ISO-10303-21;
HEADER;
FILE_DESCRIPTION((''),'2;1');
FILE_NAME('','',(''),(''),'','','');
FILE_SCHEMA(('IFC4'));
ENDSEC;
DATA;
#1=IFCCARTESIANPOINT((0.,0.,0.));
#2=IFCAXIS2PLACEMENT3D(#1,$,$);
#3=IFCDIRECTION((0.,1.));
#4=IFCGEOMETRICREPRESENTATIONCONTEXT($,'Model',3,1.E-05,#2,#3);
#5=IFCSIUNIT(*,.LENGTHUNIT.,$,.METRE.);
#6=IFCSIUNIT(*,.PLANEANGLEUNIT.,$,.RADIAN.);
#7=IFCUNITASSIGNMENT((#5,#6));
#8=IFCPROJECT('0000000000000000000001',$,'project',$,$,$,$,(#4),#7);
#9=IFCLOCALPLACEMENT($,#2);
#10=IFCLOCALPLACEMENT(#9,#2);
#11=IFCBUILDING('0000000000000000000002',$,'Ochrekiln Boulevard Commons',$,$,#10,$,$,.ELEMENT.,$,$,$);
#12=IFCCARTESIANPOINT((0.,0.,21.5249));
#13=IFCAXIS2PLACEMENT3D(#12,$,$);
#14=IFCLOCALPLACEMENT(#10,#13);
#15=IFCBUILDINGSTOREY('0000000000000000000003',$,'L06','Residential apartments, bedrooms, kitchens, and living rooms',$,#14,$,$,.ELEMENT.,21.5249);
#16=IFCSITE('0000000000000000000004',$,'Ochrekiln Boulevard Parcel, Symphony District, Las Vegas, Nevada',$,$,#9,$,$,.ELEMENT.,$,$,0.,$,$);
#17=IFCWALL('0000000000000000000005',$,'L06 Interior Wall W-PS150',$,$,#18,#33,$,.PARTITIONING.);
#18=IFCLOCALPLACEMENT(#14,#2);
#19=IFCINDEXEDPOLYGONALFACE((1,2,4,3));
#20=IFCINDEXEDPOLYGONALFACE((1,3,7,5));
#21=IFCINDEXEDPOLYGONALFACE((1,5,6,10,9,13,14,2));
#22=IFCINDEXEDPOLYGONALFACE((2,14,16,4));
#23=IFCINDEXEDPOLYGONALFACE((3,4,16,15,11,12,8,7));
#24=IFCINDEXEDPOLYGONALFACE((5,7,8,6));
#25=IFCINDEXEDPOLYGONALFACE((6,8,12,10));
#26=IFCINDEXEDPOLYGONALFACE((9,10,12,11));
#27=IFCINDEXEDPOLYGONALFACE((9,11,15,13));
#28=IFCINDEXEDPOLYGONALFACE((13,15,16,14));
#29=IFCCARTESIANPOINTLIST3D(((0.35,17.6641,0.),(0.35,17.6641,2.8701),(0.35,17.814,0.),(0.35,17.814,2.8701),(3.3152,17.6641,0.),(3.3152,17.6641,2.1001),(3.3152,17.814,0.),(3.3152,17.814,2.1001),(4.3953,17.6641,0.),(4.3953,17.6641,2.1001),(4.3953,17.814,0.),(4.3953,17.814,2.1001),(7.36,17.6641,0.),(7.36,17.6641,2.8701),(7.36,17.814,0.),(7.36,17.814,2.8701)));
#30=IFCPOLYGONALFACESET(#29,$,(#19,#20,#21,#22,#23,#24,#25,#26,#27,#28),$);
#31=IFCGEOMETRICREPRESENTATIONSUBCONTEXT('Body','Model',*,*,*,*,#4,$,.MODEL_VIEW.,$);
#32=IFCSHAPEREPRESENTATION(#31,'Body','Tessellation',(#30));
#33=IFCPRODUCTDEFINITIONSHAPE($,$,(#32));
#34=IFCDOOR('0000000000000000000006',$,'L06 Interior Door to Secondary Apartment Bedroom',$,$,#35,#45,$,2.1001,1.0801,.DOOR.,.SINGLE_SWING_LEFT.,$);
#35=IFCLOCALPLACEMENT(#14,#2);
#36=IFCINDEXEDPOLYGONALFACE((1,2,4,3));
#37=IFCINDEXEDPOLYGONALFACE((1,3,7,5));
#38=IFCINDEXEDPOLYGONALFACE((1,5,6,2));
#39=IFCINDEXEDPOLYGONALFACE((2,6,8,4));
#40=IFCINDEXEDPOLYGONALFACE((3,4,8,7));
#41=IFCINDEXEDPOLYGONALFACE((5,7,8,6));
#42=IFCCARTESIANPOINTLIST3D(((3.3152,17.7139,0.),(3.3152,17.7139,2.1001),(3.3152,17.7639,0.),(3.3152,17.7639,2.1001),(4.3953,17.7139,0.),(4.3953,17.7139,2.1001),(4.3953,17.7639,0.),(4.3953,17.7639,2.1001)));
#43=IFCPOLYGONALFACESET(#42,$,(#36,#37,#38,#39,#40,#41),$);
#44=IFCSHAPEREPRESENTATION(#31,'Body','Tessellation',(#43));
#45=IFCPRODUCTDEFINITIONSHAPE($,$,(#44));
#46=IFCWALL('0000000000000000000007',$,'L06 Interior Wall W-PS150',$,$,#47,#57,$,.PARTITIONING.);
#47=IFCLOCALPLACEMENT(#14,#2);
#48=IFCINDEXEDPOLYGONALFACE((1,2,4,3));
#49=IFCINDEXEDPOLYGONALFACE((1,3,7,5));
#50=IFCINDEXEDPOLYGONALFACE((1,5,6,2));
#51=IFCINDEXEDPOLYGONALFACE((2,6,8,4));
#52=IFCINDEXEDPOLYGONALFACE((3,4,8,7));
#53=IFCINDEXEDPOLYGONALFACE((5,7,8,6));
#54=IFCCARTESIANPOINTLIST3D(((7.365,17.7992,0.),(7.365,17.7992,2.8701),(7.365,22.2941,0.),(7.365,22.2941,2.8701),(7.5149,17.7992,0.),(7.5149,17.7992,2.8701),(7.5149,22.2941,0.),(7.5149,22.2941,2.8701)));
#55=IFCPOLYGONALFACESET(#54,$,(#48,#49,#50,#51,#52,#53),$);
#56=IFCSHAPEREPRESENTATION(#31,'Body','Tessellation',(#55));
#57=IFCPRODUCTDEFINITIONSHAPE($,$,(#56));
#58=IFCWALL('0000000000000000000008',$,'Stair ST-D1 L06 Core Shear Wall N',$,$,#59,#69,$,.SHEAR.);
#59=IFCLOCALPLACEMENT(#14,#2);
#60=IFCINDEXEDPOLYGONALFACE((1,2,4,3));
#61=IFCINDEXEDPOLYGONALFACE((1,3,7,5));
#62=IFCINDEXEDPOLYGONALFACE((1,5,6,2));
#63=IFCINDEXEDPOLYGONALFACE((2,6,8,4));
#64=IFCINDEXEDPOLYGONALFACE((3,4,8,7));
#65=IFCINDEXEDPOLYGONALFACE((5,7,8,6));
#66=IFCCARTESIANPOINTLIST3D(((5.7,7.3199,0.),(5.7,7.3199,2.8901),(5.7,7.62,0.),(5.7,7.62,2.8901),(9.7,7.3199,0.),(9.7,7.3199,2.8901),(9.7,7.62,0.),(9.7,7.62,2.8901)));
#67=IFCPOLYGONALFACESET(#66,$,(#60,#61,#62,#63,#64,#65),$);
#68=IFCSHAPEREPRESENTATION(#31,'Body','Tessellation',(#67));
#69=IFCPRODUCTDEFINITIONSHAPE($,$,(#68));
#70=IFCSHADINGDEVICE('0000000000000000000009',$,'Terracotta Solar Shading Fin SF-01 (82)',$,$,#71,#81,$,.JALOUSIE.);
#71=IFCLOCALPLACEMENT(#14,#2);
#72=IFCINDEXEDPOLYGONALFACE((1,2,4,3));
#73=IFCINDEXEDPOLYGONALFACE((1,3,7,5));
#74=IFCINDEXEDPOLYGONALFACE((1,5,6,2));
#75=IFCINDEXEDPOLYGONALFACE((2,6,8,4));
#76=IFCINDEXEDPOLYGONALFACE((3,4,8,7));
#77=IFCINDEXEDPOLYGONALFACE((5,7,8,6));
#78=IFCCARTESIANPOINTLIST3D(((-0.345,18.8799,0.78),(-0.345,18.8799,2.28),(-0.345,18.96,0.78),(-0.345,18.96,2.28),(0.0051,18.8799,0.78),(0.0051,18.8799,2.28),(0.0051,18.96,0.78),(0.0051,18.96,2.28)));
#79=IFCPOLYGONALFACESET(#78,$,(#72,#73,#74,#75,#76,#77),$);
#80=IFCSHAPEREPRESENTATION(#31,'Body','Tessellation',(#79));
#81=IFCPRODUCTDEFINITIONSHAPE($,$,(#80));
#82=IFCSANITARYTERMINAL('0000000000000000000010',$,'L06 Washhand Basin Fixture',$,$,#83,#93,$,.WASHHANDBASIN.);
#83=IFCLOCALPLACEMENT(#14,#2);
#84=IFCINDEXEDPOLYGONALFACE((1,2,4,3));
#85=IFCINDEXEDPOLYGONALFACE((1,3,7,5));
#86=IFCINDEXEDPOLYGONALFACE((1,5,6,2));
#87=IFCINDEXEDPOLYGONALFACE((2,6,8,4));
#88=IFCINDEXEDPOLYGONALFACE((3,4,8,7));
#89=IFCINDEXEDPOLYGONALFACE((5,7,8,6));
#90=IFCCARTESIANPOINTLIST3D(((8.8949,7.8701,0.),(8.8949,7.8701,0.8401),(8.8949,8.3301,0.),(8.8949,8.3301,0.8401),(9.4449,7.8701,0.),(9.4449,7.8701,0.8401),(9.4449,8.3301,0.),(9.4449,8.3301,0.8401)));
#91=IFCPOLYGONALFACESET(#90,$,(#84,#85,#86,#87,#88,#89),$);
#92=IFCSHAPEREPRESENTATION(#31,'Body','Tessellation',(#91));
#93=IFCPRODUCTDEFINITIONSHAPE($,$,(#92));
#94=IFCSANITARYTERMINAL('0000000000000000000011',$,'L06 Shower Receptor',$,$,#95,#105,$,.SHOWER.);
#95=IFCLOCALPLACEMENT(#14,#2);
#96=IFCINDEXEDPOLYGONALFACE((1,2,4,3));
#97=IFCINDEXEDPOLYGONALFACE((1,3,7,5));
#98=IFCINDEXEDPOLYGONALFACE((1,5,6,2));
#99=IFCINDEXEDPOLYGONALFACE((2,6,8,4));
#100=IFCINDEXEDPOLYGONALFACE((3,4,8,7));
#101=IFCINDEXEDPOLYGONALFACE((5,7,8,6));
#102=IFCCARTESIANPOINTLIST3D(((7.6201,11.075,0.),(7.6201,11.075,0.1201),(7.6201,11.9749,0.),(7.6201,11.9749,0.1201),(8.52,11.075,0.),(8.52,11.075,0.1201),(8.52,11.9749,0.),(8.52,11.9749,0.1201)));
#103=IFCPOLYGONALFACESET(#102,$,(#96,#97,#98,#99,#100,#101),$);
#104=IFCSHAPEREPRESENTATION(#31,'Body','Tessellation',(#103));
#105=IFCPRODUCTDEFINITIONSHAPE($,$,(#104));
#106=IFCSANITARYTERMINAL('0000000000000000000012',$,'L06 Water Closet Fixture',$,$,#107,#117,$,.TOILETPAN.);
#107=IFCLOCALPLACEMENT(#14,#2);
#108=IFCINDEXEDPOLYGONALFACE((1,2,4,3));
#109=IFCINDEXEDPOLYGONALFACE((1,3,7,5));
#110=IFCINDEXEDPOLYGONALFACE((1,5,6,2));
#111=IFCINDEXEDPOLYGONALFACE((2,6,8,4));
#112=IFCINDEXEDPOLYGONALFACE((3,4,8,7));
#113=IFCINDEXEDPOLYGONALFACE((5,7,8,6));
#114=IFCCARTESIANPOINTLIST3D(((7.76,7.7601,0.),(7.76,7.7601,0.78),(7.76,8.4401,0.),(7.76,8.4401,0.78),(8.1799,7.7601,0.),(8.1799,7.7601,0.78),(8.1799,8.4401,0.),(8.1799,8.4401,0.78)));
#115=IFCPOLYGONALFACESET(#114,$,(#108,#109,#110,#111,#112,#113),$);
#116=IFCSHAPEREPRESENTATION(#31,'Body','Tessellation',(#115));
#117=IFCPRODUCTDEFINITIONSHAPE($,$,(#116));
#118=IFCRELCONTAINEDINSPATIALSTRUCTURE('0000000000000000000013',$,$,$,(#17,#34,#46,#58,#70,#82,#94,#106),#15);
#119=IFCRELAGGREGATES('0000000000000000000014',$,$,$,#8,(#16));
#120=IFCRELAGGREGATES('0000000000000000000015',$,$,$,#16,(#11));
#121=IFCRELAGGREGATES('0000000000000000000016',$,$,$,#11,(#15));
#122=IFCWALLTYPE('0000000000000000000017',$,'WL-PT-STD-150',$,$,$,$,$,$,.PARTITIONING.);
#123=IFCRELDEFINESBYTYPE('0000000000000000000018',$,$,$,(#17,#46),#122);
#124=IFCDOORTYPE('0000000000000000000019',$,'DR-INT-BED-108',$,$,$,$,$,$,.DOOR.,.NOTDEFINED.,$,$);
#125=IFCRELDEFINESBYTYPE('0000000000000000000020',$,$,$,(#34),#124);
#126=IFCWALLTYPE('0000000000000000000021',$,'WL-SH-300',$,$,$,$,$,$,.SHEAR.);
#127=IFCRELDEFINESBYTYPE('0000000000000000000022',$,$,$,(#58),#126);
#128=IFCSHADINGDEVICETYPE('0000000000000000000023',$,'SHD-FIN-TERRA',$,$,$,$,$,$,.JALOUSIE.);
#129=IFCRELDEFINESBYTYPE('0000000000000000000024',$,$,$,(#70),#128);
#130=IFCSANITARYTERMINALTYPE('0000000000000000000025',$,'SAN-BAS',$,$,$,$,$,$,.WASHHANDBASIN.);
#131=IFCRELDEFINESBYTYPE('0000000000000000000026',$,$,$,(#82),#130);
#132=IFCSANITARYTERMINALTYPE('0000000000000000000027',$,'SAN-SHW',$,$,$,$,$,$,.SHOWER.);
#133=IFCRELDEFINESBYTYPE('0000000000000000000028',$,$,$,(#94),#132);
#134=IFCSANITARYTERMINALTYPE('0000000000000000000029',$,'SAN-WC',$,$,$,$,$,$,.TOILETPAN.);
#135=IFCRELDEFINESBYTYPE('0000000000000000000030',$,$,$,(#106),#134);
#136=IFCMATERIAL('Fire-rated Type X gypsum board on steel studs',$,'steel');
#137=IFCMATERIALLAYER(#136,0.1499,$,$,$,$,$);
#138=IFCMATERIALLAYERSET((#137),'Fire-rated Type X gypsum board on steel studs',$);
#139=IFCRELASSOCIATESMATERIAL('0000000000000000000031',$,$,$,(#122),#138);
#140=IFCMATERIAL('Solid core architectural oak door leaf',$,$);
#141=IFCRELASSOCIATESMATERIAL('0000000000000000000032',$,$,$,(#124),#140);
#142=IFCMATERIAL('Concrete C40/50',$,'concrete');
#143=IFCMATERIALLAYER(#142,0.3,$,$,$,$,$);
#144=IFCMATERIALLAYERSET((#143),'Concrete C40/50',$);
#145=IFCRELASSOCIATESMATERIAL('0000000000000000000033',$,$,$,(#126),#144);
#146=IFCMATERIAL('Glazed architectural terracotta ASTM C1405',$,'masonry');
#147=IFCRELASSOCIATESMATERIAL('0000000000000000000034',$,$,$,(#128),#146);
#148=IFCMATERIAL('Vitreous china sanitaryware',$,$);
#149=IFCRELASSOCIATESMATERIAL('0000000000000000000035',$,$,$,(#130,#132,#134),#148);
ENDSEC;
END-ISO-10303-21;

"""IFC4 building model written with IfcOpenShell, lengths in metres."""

from ifc_helpers import new_model, si_unit, direction, frame, frame_2d, origin, origin_2d, place, context, subcontext, project, spatial, rectangle, extrude, material, layer, layer_set, type_object, element, fill, save


model = new_model("IFC4")

# Units and contexts
model_context = context("Model", 3, precision=1e-05, world=origin(), true_north=direction((0.0, 1.0)))
body_context = subcontext(model_context, "Body", "Model", "MODEL_VIEW")
ifc_project = project(units=[si_unit("LENGTHUNIT", "METRE"), si_unit("PLANEANGLEUNIT", "RADIAN")], contexts=[model_context])

# Site, building, storey
site_placement = place(None, origin())
site = spatial("IfcSite", under=ifc_project, at=site_placement, Name="Ochrekiln Boulevard Parcel, Symphony District, Las Vegas, Nevada", CompositionType="ELEMENT", RefElevation=0.0)
building_placement = place(site_placement, origin())
building = spatial("IfcBuilding", under=site, at=building_placement, Name="Ochrekiln Boulevard Commons", CompositionType="ELEMENT")
storey_placement = place(building_placement, frame((0.0, 0.0, 21.5249)))
storey = spatial("IfcBuildingStorey", under=building, at=storey_placement, Name="L06", Description="Residential apartments, bedrooms, kitchens, and living rooms", CompositionType="ELEMENT", Elevation=21.5249)

# Shared definitions
ifc_material_1 = material(Name="Concrete C40/50", Category="concrete")

# Shared definitions
ifc_material_2 = material(Name="Solid core architectural oak door leaf")

# Shared definitions
ifc_material_3 = material(Name="Fire-rated Type X gypsum board on steel studs", Category="steel")

# Wall, opening, door
ifc_layer_1 = layer(ifc_material_3, 0.1499)
ifc_layer_set_1 = layer_set([ifc_layer_1], Name="Fire-rated Type X gypsum board on steel studs")
wall_type_1 = type_object("IfcWallType", Name="WL-PT-STD-150", PredefinedType="PARTITIONING", material=ifc_layer_set_1)
wall_1_placement = place(storey_placement, frame((0.3501, 17.739, 0.0), z_axis=(0.0, 0.0, 1.0), x_axis=(1.0, 0.0, 0.0)))
wall_1 = element("IfcWall", 1, at=wall_1_placement, inside=storey, type_object=wall_type_1, Name="L06 Interior Wall W-PS150", PredefinedType="PARTITIONING", context=body_context, shape_type="SweptSolid", body=[
    extrude(rectangle(XDim=7.01, YDim=0.1499, at=frame_2d((3.5049, 0.0))), origin(), (0.0, 0.0, 1.0), 2.8701),
])
opening_1_placement = place(wall_1_placement, frame((2.9651, 0.0, 0.0)))
opening_1 = element("IfcOpeningElement", 2, at=opening_1_placement, cuts=wall_1, PredefinedType="OPENING", context=body_context, shape_type="SweptSolid", body=[
    extrude(rectangle(XDim=1.0801, YDim=2.1001, at=frame_2d((0.54, 1.05))), frame((0.0, 0.085, 0.0), z_axis=(0.0, -1.0, 0.0), x_axis=(1.0, 0.0, 0.0)), (0.0, 0.0, 1.0), 0.1699),
])
door_type_1 = type_object("IfcDoorType", Name="DR-INT-BED-108", OperationType="NOTDEFINED", PredefinedType="DOOR", material=ifc_material_2)
door_1_placement = place(opening_1_placement, origin())
door_1 = element("IfcDoor", 3, at=door_1_placement, inside=storey, type_object=door_type_1, Name="L06 Interior Door to Secondary Apartment Bedroom", OperationType="SINGLE_SWING_LEFT", OverallHeight=2.1001, OverallWidth=1.0801, PredefinedType="DOOR", context=body_context, shape_type="SweptSolid", body=[
    extrude(rectangle(XDim=1.0801, YDim=2.1001, at=frame_2d((0.54, 1.05))), frame((0.0, 0.0249, 0.0), z_axis=(0.0, -1.0, 0.0), x_axis=(1.0, 0.0, 0.0)), (0.0, 0.0, 1.0), 0.05),
])
fill(opening_1, door_1)

# Walls
wall_2_placement = place(storey_placement, frame((7.4399, 17.7991, 0.0), z_axis=(0.0, 0.0, 1.0), x_axis=(0.0, 1.0, 0.0)))
element("IfcWall", 4, at=wall_2_placement, inside=storey, type_object=wall_type_1, Name="L06 Interior Wall W-PS150", PredefinedType="PARTITIONING", context=body_context, shape_type="SweptSolid", body=[
    extrude(rectangle(XDim=4.4949, YDim=0.1499, at=frame_2d((2.2476, 0.0))), origin(), (0.0, 0.0, 1.0), 2.8701),
])
ifc_layer_2 = layer(ifc_material_1, 0.3)
ifc_layer_set_2 = layer_set([ifc_layer_2], Name="Concrete C40/50")
wall_type_2 = type_object("IfcWallType", Name="WL-SH-300", PredefinedType="SHEAR", material=ifc_layer_set_2)
wall_3_placement = place(storey_placement, frame((5.7, 7.47, 0.0), z_axis=(0.0, 0.0, 1.0), x_axis=(1.0, 0.0, 0.0)))
element("IfcWall", 5, at=wall_3_placement, inside=storey, type_object=wall_type_2, Name="Stair ST-D1 L06 Core Shear Wall N", PredefinedType="SHEAR", context=body_context, shape_type="SweptSolid", body=[
    extrude(rectangle(XDim=4.0, YDim=0.3, at=frame_2d((2.0, 0.0))), origin(), (0.0, 0.0, 1.0), 2.8901),
])

# Shading device
ifc_material_4 = material(Name="Glazed architectural terracotta ASTM C1405", Category="masonry")
shading_device_type = type_object("IfcShadingDeviceType", Name="SHD-FIN-TERRA", PredefinedType="JALOUSIE", material=ifc_material_4)
shading_device_placement = place(storey_placement, frame((-0.1699, 18.9199, 0.78), z_axis=(0.0, 0.0, 1.0), x_axis=(1.0, 0.0, 0.0)))
element("IfcShadingDevice", 6, at=shading_device_placement, inside=storey, type_object=shading_device_type, Name="Terracotta Solar Shading Fin SF-01 (82)", PredefinedType="JALOUSIE", context=body_context, shape_type="SweptSolid", body=[
    extrude(rectangle(XDim=0.3501, YDim=0.0801, at=origin_2d()), origin(), (0.0, 0.0, 1.0), 1.5),
])

# Sanitary terminals
ifc_material_5 = material(Name="Vitreous china sanitaryware")
sanitary_terminal_type_1 = type_object("IfcSanitaryTerminalType", Name="SAN-BAS", PredefinedType="WASHHANDBASIN", material=ifc_material_5)
sanitary_terminal_1_placement = place(storey_placement, frame((9.1699, 8.1001, 0.0), z_axis=(0.0, 0.0, 1.0), x_axis=(1.0, 0.0, 0.0)))
element("IfcSanitaryTerminal", 7, at=sanitary_terminal_1_placement, inside=storey, type_object=sanitary_terminal_type_1, Name="L06 Washhand Basin Fixture", PredefinedType="WASHHANDBASIN", context=body_context, shape_type="SweptSolid", body=[
    extrude(rectangle(XDim=0.55, YDim=0.46, at=origin_2d()), origin(), (0.0, 0.0, 1.0), 0.8401),
])
sanitary_terminal_type_2 = type_object("IfcSanitaryTerminalType", Name="SAN-SHW", PredefinedType="SHOWER", material=ifc_material_5)
sanitary_terminal_2_placement = place(storey_placement, frame((8.0701, 11.5249, 0.0), z_axis=(0.0, 0.0, 1.0), x_axis=(1.0, 0.0, 0.0)))
element("IfcSanitaryTerminal", 8, at=sanitary_terminal_2_placement, inside=storey, type_object=sanitary_terminal_type_2, Name="L06 Shower Receptor", PredefinedType="SHOWER", context=body_context, shape_type="SweptSolid", body=[
    extrude(rectangle(XDim=0.8999, YDim=0.8999, at=origin_2d()), origin(), (0.0, 0.0, 1.0), 0.1201),
])
sanitary_terminal_type_3 = type_object("IfcSanitaryTerminalType", Name="SAN-WC", PredefinedType="TOILETPAN", material=ifc_material_5)
sanitary_terminal_3_placement = place(storey_placement, frame((7.97, 8.1001, 0.0), z_axis=(0.0, 0.0, 1.0), x_axis=(1.0, 0.0, 0.0)))
element("IfcSanitaryTerminal", 9, at=sanitary_terminal_3_placement, inside=storey, type_object=sanitary_terminal_type_3, Name="L06 Water Closet Fixture", PredefinedType="TOILETPAN", context=body_context, shape_type="SweptSolid", body=[
    extrude(rectangle(XDim=0.4199, YDim=0.6799, at=origin_2d()), origin(), (0.0, 0.0, 1.0), 0.78),
])

save(model, "model.ifc")
